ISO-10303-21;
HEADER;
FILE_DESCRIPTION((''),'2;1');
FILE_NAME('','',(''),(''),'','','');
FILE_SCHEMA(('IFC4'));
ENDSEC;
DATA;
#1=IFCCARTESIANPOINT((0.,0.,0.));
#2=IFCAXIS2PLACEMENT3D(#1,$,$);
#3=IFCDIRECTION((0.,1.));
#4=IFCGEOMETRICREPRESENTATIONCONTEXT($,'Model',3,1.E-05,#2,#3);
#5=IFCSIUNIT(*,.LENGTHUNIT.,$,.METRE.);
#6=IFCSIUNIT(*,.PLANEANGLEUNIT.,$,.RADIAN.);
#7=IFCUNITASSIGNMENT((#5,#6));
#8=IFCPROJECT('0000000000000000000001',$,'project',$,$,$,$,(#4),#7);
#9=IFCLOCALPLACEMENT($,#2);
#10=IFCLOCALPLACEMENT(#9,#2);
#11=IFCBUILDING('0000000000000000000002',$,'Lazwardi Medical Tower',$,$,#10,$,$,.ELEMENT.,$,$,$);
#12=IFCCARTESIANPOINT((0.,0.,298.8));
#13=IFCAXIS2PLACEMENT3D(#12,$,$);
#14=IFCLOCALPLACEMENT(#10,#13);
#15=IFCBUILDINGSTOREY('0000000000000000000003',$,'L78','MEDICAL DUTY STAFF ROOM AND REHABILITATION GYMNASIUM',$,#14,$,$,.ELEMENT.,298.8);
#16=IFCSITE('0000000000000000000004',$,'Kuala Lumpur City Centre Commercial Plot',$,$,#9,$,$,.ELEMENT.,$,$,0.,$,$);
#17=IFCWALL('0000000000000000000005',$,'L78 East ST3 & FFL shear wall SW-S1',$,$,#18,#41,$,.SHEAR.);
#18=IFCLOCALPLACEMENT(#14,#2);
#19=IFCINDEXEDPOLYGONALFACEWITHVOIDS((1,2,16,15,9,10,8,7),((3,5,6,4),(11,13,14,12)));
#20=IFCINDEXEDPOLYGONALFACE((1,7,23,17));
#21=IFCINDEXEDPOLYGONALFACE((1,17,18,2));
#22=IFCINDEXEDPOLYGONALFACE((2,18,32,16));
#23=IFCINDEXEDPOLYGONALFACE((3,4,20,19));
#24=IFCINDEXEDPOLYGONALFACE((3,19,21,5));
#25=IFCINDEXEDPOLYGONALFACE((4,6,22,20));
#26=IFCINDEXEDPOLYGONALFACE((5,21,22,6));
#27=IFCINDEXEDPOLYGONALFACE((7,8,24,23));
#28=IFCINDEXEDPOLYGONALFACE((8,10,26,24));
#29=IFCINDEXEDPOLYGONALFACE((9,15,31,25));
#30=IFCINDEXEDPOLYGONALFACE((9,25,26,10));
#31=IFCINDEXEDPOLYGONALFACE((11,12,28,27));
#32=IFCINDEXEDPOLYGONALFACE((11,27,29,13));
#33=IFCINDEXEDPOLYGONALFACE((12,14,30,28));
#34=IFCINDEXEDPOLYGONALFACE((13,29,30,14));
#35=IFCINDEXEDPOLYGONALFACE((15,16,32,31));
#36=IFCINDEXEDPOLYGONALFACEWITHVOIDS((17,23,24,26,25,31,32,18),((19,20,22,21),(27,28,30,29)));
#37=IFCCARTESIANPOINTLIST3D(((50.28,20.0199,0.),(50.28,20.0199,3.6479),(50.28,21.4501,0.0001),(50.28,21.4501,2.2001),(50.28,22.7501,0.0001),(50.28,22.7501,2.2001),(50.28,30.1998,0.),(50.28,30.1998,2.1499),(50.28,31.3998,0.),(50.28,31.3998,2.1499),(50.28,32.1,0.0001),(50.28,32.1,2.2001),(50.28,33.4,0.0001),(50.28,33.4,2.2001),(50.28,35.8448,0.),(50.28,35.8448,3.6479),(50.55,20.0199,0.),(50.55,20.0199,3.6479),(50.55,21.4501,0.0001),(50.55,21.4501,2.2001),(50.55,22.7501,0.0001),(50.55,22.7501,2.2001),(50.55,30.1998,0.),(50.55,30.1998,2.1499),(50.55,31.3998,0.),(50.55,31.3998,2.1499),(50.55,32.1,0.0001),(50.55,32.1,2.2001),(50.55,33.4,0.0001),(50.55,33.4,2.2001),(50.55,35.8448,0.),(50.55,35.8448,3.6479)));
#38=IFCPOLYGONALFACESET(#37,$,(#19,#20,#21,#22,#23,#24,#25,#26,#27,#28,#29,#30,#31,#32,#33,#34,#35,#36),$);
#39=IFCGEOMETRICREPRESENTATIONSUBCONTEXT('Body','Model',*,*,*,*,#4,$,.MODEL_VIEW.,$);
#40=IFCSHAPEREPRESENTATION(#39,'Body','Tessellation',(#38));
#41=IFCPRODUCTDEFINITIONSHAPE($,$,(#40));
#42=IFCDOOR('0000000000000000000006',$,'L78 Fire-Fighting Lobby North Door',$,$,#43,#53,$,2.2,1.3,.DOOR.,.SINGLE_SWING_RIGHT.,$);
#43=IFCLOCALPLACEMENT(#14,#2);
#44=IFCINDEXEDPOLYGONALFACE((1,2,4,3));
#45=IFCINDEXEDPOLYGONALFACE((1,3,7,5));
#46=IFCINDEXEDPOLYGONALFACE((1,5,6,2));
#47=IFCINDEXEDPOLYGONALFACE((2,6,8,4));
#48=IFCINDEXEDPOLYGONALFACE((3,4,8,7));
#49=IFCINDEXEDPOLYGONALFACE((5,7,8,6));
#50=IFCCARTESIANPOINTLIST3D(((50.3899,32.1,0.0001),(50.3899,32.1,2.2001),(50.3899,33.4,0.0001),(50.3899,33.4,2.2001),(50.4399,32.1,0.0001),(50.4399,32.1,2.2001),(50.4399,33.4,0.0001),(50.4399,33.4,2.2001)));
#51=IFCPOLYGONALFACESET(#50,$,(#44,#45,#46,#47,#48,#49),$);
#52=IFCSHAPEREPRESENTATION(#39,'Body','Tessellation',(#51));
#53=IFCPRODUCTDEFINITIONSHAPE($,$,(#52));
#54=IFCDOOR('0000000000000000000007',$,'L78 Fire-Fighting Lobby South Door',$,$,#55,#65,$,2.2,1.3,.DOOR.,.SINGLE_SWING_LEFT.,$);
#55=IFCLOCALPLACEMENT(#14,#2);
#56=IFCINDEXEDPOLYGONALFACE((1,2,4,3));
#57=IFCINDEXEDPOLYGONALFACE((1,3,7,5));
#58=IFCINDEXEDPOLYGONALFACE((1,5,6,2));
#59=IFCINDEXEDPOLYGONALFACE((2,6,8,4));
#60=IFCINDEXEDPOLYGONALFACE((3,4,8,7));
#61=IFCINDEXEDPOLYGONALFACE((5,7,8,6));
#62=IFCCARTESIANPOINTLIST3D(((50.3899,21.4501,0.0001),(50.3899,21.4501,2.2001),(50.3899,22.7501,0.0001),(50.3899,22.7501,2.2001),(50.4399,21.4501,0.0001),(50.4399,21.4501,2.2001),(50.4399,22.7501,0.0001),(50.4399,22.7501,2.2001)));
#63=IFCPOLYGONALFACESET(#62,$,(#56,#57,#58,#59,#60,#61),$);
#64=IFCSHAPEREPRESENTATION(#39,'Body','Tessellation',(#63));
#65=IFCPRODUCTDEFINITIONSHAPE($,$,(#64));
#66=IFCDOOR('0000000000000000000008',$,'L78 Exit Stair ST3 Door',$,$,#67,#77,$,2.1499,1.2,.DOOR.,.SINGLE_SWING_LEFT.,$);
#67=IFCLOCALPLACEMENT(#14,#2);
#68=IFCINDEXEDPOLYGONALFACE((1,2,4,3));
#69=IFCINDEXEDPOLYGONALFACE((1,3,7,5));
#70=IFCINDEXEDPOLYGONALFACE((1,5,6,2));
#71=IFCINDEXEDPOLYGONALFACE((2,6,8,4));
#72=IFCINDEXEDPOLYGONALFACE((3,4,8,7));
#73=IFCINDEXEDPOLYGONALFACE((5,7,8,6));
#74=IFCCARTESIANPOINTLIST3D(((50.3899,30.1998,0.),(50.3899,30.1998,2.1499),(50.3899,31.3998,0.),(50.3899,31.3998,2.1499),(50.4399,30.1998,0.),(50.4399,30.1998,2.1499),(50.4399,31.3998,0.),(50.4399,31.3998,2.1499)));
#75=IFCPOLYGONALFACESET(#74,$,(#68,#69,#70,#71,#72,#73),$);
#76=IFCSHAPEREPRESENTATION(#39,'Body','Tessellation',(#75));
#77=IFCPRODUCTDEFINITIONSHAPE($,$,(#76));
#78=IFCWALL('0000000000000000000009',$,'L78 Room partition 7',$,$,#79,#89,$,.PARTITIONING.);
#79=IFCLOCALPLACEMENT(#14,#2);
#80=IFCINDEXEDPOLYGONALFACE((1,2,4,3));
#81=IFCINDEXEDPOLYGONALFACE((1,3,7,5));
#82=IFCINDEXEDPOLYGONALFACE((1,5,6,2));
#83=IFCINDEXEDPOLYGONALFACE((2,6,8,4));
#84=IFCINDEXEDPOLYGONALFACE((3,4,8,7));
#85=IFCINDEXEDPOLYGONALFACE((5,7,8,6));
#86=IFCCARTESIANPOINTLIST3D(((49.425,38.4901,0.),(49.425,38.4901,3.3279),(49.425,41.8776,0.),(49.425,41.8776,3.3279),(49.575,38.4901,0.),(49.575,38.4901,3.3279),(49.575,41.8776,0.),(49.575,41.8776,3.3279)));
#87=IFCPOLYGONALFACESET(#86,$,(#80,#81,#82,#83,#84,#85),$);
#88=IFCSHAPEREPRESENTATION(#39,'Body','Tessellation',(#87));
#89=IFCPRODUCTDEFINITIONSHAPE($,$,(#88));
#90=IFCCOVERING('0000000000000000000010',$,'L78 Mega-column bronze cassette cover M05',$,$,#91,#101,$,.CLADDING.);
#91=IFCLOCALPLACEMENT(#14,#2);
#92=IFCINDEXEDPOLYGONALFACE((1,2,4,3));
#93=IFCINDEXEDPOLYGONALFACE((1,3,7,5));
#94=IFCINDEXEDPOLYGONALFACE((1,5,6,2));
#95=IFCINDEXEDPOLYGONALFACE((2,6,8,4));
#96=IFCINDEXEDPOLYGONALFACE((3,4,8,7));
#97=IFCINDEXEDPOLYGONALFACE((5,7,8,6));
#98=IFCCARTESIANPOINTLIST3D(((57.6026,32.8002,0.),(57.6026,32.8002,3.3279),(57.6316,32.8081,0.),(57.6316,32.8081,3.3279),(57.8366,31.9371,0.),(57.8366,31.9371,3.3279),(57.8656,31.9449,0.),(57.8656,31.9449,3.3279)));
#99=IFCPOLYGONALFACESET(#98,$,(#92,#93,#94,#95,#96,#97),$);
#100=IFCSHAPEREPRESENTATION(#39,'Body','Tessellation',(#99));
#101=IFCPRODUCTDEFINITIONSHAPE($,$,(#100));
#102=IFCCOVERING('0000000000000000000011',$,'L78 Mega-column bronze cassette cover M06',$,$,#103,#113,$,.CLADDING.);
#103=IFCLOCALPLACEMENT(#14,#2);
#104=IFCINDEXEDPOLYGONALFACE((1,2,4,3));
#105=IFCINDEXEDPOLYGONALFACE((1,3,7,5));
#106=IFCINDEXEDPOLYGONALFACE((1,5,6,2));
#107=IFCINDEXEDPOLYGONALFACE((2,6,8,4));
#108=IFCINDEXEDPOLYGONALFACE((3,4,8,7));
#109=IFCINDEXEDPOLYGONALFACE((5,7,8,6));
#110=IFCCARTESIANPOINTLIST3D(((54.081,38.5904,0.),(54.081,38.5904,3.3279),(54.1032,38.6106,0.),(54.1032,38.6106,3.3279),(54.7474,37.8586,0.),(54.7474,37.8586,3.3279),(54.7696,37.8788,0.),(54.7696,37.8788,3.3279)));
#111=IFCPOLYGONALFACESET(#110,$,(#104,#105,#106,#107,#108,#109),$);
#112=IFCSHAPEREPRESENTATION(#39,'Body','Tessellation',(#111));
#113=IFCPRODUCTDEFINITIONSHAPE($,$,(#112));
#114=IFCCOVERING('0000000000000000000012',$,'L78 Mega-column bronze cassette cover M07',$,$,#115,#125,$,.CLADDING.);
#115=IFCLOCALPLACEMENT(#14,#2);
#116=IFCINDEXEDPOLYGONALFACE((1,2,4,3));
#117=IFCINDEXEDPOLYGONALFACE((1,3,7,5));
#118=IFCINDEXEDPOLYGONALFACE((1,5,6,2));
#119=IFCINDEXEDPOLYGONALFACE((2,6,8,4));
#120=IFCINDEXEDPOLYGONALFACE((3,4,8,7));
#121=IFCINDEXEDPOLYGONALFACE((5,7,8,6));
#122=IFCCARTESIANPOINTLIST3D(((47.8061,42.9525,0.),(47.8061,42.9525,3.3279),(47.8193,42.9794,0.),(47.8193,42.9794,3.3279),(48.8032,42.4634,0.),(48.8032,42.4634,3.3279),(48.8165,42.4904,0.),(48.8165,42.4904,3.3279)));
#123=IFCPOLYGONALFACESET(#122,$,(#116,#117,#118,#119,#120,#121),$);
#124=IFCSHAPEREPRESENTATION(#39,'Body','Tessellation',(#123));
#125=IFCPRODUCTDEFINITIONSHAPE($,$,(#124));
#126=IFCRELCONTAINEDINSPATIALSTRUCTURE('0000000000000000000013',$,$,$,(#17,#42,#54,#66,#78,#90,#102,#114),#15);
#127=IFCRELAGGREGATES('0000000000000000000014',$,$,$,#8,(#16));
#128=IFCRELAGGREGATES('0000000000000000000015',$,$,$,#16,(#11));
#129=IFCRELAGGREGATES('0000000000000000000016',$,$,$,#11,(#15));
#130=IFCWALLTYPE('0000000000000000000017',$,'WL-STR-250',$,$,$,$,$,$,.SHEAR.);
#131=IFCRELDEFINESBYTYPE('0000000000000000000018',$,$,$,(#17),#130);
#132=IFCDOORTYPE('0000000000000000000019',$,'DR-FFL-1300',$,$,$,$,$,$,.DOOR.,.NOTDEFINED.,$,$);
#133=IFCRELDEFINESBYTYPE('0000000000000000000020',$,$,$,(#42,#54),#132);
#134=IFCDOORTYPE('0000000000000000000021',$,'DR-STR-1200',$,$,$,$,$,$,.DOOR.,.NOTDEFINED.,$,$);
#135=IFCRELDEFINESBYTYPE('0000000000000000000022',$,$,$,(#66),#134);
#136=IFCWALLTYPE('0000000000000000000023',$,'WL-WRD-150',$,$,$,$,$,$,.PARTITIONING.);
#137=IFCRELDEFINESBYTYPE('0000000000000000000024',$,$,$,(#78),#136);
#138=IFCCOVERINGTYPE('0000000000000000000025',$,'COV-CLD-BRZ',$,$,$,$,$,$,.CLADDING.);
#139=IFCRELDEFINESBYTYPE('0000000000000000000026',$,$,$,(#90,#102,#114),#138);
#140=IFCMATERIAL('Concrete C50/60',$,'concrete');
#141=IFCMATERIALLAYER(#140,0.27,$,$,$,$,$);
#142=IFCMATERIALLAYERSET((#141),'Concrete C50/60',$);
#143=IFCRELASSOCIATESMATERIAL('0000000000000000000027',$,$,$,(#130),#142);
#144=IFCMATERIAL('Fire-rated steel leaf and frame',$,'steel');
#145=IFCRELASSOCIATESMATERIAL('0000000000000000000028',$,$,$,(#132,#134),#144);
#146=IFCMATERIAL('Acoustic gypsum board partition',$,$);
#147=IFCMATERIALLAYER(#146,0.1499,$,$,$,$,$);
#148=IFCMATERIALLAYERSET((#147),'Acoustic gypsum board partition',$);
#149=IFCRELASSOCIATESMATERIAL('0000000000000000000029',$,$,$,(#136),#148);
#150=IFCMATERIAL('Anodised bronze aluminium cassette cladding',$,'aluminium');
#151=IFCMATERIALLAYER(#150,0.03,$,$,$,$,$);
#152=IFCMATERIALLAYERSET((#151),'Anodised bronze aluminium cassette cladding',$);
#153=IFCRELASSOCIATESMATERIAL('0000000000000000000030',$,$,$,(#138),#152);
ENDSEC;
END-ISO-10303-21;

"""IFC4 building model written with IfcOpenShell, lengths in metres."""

from ifc_helpers import new_model, si_unit, direction, frame, frame_2d, origin, origin_2d, place, context, subcontext, project, spatial, rectangle, extrude, material, layer, layer_set, type_object, element, fill, save


model = new_model("IFC4")

# Units and contexts
model_context = context("Model", 3, precision=1e-05, world=origin(), true_north=direction((0.0, 1.0)))
body_context = subcontext(model_context, "Body", "Model", "MODEL_VIEW")
ifc_project = project(units=[si_unit("LENGTHUNIT", "METRE"), si_unit("PLANEANGLEUNIT", "RADIAN")], contexts=[model_context])

# Site, building, storey
site_placement = place(None, origin())
site = spatial("IfcSite", under=ifc_project, at=site_placement, Name="Kuala Lumpur City Centre Commercial Plot", CompositionType="ELEMENT", RefElevation=0.0)
building_placement = place(site_placement, origin())
building = spatial("IfcBuilding", under=site, at=building_placement, Name="Lazwardi Medical Tower", CompositionType="ELEMENT")
storey_placement = place(building_placement, frame((0.0, 0.0, 298.8)))
storey = spatial("IfcBuildingStorey", under=building, at=storey_placement, Name="L78", Description="MEDICAL DUTY STAFF ROOM AND REHABILITATION GYMNASIUM", CompositionType="ELEMENT", Elevation=298.8)

# Wall, openings, doors
ifc_material_1 = material(Name="Concrete C50/60", Category="concrete")
ifc_layer_1 = layer(ifc_material_1, 0.27)
ifc_layer_set_1 = layer_set([ifc_layer_1], Name="Concrete C50/60")
wall_type_1 = type_object("IfcWallType", Name="WL-STR-250", PredefinedType="SHEAR", material=ifc_layer_set_1)
wall_1_placement = place(storey_placement, frame((50.415, 35.845, 0.0), z_axis=(0.0, 0.0, 1.0), x_axis=(0.0, -1.0, 0.0)))
wall_1 = element("IfcWall", 1, at=wall_1_placement, inside=storey, type_object=wall_type_1, Name="L78 East ST3 & FFL shear wall SW-S1", PredefinedType="SHEAR", context=body_context, shape_type="SweptSolid", body=[
    extrude(rectangle(XDim=15.825, YDim=0.27, at=frame_2d((7.9126, 0.0))), origin(), (0.0, 0.0, 1.0), 3.6479),
])
opening_1_placement = place(wall_1_placement, frame((4.4451, 0.0, 0.0)))
opening_1 = element("IfcOpeningElement", 2, at=opening_1_placement, cuts=wall_1, PredefinedType="OPENING", context=body_context, shape_type="SweptSolid", body=[
    extrude(rectangle(XDim=1.2, YDim=2.1499, at=frame_2d((0.6001, 1.075))), frame((0.0, 0.145, 0.0), z_axis=(0.0, -1.0, 0.0), x_axis=(1.0, 0.0, 0.0)), (0.0, 0.0, 1.0), 0.29),
])
opening_2_placement = place(wall_1_placement, frame((2.4451, 0.0, 0.0)))
opening_2 = element("IfcOpeningElement", 3, at=opening_2_placement, cuts=wall_1, PredefinedType="OPENING", context=body_context, shape_type="SweptSolid", body=[
    extrude(rectangle(XDim=1.3, YDim=2.2, at=frame_2d((0.6499, 1.1001))), frame((0.0, 0.145, 0.0), z_axis=(0.0, -1.0, 0.0), x_axis=(1.0, 0.0, 0.0)), (0.0, 0.0, 1.0), 0.29),
])
opening_3_placement = place(wall_1_placement, frame((13.095, 0.0, 0.0)))
opening_3 = element("IfcOpeningElement", 4, at=opening_3_placement, cuts=wall_1, PredefinedType="OPENING", context=body_context, shape_type="SweptSolid", body=[
    extrude(rectangle(XDim=1.3, YDim=2.2, at=frame_2d((0.6499, 1.1001))), frame((0.0, 0.145, 0.0), z_axis=(0.0, -1.0, 0.0), x_axis=(1.0, 0.0, 0.0)), (0.0, 0.0, 1.0), 0.29),
])
ifc_material_2 = material(Name="Fire-rated steel leaf and frame", Category="steel")
door_type_1 = type_object("IfcDoorType", Name="DR-FFL-1300", OperationType="NOTDEFINED", PredefinedType="DOOR", material=ifc_material_2)
door_1_placement = place(opening_2_placement, origin())
door_1 = element("IfcDoor", 5, at=door_1_placement, inside=storey, type_object=door_type_1, Name="L78 Fire-Fighting Lobby North Door", OperationType="SINGLE_SWING_RIGHT", OverallHeight=2.2, OverallWidth=1.3, PredefinedType="DOOR", context=body_context, shape_type="SweptSolid", body=[
    extrude(rectangle(XDim=1.3, YDim=2.2, at=frame_2d((0.6499, 1.1001))), frame((0.0, 0.0249, 0.0), z_axis=(0.0, -1.0, 0.0), x_axis=(1.0, 0.0, 0.0)), (0.0, 0.0, 1.0), 0.05),
])
fill(opening_2, door_1)
door_2_placement = place(opening_3_placement, origin())
door_2 = element("IfcDoor", 6, at=door_2_placement, inside=storey, type_object=door_type_1, Name="L78 Fire-Fighting Lobby South Door", OperationType="SINGLE_SWING_LEFT", OverallHeight=2.2, OverallWidth=1.3, PredefinedType="DOOR", context=body_context, shape_type="SweptSolid", body=[
    extrude(rectangle(XDim=1.3, YDim=2.2, at=frame_2d((0.6499, 1.1001))), frame((0.0, 0.0249, 0.0), z_axis=(0.0, -1.0, 0.0), x_axis=(1.0, 0.0, 0.0)), (0.0, 0.0, 1.0), 0.05),
])
fill(opening_3, door_2)
door_type_2 = type_object("IfcDoorType", Name="DR-STR-1200", OperationType="NOTDEFINED", PredefinedType="DOOR", material=ifc_material_2)
door_3_placement = place(opening_1_placement, origin())
door_3 = element("IfcDoor", 7, at=door_3_placement, inside=storey, type_object=door_type_2, Name="L78 Exit Stair ST3 Door", OperationType="SINGLE_SWING_LEFT", OverallHeight=2.1499, OverallWidth=1.2, PredefinedType="DOOR", context=body_context, shape_type="SweptSolid", body=[
    extrude(rectangle(XDim=1.2, YDim=2.1499, at=frame_2d((0.6001, 1.075))), frame((0.0, 0.0249, 0.0), z_axis=(0.0, -1.0, 0.0), x_axis=(1.0, 0.0, 0.0)), (0.0, 0.0, 1.0), 0.05),
])
fill(opening_1, door_3)

# Wall
ifc_material_3 = material(Name="Acoustic gypsum board partition")
ifc_layer_2 = layer(ifc_material_3, 0.1499)
ifc_layer_set_2 = layer_set([ifc_layer_2], Name="Acoustic gypsum board partition")
wall_type_2 = type_object("IfcWallType", Name="WL-WRD-150", PredefinedType="PARTITIONING", material=ifc_layer_set_2)
wall_2_placement = place(storey_placement, frame((49.5, 38.49, 0.0), z_axis=(0.0, 0.0, 1.0), x_axis=(0.0, 1.0, 0.0)))
element("IfcWall", 8, at=wall_2_placement, inside=storey, type_object=wall_type_2, Name="L78 Room partition 7", PredefinedType="PARTITIONING", context=body_context, shape_type="SweptSolid", body=[
    extrude(rectangle(XDim=3.3875, YDim=0.1499, at=frame_2d((1.6938, 0.0))), origin(), (0.0, 0.0, 1.0), 3.3279),
])

# Coverings
ifc_material_4 = material(Name="Anodised bronze aluminium cassette cladding", Category="aluminium")
ifc_layer_3 = layer(ifc_material_4, 0.03)
ifc_layer_set_3 = layer_set([ifc_layer_3], Name="Anodised bronze aluminium cassette cladding")
covering_type = type_object("IfcCoveringType", Name="COV-CLD-BRZ", PredefinedType="CLADDING", material=ifc_layer_set_3)
covering_1_placement = place(storey_placement, frame((57.7341, 32.3726, 0.0), z_axis=(0.0, 0.0, 1.0), x_axis=(-0.261642, 0.965165, 0.0)))
element("IfcCovering", 9, at=covering_1_placement, inside=storey, type_object=covering_type, Name="L78 Mega-column bronze cassette cover M05", PredefinedType="CLADDING", context=body_context, shape_type="SweptSolid", body=[
    extrude(rectangle(XDim=0.8943, YDim=0.03, at=origin_2d()), origin(), (0.0, 0.0, 1.0), 3.3279),
])
covering_2_placement = place(storey_placement, frame((54.4253, 38.2346, 0.0), z_axis=(0.0, 0.0, 1.0), x_axis=(-0.673241, 0.739423, 0.0)))
element("IfcCovering", 10, at=covering_2_placement, inside=storey, type_object=covering_type, Name="L78 Mega-column bronze cassette cover M06", PredefinedType="CLADDING", context=body_context, shape_type="SweptSolid", body=[
    extrude(rectangle(XDim=0.9897, YDim=0.03, at=origin_2d()), origin(), (0.0, 0.0, 1.0), 3.3279),
])
covering_3_placement = place(storey_placement, frame((48.3113, 42.7214, 0.0), z_axis=(0.0, 0.0, 1.0), x_axis=(-0.89784, 0.440322, 0.0)))
element("IfcCovering", 11, at=covering_3_placement, inside=storey, type_object=covering_type, Name="L78 Mega-column bronze cassette cover M07", PredefinedType="CLADDING", context=body_context, shape_type="SweptSolid", body=[
    extrude(rectangle(XDim=1.1106, YDim=0.03, at=origin_2d()), origin(), (0.0, 0.0, 1.0), 3.3279),
])

save(model, "model.ifc")
